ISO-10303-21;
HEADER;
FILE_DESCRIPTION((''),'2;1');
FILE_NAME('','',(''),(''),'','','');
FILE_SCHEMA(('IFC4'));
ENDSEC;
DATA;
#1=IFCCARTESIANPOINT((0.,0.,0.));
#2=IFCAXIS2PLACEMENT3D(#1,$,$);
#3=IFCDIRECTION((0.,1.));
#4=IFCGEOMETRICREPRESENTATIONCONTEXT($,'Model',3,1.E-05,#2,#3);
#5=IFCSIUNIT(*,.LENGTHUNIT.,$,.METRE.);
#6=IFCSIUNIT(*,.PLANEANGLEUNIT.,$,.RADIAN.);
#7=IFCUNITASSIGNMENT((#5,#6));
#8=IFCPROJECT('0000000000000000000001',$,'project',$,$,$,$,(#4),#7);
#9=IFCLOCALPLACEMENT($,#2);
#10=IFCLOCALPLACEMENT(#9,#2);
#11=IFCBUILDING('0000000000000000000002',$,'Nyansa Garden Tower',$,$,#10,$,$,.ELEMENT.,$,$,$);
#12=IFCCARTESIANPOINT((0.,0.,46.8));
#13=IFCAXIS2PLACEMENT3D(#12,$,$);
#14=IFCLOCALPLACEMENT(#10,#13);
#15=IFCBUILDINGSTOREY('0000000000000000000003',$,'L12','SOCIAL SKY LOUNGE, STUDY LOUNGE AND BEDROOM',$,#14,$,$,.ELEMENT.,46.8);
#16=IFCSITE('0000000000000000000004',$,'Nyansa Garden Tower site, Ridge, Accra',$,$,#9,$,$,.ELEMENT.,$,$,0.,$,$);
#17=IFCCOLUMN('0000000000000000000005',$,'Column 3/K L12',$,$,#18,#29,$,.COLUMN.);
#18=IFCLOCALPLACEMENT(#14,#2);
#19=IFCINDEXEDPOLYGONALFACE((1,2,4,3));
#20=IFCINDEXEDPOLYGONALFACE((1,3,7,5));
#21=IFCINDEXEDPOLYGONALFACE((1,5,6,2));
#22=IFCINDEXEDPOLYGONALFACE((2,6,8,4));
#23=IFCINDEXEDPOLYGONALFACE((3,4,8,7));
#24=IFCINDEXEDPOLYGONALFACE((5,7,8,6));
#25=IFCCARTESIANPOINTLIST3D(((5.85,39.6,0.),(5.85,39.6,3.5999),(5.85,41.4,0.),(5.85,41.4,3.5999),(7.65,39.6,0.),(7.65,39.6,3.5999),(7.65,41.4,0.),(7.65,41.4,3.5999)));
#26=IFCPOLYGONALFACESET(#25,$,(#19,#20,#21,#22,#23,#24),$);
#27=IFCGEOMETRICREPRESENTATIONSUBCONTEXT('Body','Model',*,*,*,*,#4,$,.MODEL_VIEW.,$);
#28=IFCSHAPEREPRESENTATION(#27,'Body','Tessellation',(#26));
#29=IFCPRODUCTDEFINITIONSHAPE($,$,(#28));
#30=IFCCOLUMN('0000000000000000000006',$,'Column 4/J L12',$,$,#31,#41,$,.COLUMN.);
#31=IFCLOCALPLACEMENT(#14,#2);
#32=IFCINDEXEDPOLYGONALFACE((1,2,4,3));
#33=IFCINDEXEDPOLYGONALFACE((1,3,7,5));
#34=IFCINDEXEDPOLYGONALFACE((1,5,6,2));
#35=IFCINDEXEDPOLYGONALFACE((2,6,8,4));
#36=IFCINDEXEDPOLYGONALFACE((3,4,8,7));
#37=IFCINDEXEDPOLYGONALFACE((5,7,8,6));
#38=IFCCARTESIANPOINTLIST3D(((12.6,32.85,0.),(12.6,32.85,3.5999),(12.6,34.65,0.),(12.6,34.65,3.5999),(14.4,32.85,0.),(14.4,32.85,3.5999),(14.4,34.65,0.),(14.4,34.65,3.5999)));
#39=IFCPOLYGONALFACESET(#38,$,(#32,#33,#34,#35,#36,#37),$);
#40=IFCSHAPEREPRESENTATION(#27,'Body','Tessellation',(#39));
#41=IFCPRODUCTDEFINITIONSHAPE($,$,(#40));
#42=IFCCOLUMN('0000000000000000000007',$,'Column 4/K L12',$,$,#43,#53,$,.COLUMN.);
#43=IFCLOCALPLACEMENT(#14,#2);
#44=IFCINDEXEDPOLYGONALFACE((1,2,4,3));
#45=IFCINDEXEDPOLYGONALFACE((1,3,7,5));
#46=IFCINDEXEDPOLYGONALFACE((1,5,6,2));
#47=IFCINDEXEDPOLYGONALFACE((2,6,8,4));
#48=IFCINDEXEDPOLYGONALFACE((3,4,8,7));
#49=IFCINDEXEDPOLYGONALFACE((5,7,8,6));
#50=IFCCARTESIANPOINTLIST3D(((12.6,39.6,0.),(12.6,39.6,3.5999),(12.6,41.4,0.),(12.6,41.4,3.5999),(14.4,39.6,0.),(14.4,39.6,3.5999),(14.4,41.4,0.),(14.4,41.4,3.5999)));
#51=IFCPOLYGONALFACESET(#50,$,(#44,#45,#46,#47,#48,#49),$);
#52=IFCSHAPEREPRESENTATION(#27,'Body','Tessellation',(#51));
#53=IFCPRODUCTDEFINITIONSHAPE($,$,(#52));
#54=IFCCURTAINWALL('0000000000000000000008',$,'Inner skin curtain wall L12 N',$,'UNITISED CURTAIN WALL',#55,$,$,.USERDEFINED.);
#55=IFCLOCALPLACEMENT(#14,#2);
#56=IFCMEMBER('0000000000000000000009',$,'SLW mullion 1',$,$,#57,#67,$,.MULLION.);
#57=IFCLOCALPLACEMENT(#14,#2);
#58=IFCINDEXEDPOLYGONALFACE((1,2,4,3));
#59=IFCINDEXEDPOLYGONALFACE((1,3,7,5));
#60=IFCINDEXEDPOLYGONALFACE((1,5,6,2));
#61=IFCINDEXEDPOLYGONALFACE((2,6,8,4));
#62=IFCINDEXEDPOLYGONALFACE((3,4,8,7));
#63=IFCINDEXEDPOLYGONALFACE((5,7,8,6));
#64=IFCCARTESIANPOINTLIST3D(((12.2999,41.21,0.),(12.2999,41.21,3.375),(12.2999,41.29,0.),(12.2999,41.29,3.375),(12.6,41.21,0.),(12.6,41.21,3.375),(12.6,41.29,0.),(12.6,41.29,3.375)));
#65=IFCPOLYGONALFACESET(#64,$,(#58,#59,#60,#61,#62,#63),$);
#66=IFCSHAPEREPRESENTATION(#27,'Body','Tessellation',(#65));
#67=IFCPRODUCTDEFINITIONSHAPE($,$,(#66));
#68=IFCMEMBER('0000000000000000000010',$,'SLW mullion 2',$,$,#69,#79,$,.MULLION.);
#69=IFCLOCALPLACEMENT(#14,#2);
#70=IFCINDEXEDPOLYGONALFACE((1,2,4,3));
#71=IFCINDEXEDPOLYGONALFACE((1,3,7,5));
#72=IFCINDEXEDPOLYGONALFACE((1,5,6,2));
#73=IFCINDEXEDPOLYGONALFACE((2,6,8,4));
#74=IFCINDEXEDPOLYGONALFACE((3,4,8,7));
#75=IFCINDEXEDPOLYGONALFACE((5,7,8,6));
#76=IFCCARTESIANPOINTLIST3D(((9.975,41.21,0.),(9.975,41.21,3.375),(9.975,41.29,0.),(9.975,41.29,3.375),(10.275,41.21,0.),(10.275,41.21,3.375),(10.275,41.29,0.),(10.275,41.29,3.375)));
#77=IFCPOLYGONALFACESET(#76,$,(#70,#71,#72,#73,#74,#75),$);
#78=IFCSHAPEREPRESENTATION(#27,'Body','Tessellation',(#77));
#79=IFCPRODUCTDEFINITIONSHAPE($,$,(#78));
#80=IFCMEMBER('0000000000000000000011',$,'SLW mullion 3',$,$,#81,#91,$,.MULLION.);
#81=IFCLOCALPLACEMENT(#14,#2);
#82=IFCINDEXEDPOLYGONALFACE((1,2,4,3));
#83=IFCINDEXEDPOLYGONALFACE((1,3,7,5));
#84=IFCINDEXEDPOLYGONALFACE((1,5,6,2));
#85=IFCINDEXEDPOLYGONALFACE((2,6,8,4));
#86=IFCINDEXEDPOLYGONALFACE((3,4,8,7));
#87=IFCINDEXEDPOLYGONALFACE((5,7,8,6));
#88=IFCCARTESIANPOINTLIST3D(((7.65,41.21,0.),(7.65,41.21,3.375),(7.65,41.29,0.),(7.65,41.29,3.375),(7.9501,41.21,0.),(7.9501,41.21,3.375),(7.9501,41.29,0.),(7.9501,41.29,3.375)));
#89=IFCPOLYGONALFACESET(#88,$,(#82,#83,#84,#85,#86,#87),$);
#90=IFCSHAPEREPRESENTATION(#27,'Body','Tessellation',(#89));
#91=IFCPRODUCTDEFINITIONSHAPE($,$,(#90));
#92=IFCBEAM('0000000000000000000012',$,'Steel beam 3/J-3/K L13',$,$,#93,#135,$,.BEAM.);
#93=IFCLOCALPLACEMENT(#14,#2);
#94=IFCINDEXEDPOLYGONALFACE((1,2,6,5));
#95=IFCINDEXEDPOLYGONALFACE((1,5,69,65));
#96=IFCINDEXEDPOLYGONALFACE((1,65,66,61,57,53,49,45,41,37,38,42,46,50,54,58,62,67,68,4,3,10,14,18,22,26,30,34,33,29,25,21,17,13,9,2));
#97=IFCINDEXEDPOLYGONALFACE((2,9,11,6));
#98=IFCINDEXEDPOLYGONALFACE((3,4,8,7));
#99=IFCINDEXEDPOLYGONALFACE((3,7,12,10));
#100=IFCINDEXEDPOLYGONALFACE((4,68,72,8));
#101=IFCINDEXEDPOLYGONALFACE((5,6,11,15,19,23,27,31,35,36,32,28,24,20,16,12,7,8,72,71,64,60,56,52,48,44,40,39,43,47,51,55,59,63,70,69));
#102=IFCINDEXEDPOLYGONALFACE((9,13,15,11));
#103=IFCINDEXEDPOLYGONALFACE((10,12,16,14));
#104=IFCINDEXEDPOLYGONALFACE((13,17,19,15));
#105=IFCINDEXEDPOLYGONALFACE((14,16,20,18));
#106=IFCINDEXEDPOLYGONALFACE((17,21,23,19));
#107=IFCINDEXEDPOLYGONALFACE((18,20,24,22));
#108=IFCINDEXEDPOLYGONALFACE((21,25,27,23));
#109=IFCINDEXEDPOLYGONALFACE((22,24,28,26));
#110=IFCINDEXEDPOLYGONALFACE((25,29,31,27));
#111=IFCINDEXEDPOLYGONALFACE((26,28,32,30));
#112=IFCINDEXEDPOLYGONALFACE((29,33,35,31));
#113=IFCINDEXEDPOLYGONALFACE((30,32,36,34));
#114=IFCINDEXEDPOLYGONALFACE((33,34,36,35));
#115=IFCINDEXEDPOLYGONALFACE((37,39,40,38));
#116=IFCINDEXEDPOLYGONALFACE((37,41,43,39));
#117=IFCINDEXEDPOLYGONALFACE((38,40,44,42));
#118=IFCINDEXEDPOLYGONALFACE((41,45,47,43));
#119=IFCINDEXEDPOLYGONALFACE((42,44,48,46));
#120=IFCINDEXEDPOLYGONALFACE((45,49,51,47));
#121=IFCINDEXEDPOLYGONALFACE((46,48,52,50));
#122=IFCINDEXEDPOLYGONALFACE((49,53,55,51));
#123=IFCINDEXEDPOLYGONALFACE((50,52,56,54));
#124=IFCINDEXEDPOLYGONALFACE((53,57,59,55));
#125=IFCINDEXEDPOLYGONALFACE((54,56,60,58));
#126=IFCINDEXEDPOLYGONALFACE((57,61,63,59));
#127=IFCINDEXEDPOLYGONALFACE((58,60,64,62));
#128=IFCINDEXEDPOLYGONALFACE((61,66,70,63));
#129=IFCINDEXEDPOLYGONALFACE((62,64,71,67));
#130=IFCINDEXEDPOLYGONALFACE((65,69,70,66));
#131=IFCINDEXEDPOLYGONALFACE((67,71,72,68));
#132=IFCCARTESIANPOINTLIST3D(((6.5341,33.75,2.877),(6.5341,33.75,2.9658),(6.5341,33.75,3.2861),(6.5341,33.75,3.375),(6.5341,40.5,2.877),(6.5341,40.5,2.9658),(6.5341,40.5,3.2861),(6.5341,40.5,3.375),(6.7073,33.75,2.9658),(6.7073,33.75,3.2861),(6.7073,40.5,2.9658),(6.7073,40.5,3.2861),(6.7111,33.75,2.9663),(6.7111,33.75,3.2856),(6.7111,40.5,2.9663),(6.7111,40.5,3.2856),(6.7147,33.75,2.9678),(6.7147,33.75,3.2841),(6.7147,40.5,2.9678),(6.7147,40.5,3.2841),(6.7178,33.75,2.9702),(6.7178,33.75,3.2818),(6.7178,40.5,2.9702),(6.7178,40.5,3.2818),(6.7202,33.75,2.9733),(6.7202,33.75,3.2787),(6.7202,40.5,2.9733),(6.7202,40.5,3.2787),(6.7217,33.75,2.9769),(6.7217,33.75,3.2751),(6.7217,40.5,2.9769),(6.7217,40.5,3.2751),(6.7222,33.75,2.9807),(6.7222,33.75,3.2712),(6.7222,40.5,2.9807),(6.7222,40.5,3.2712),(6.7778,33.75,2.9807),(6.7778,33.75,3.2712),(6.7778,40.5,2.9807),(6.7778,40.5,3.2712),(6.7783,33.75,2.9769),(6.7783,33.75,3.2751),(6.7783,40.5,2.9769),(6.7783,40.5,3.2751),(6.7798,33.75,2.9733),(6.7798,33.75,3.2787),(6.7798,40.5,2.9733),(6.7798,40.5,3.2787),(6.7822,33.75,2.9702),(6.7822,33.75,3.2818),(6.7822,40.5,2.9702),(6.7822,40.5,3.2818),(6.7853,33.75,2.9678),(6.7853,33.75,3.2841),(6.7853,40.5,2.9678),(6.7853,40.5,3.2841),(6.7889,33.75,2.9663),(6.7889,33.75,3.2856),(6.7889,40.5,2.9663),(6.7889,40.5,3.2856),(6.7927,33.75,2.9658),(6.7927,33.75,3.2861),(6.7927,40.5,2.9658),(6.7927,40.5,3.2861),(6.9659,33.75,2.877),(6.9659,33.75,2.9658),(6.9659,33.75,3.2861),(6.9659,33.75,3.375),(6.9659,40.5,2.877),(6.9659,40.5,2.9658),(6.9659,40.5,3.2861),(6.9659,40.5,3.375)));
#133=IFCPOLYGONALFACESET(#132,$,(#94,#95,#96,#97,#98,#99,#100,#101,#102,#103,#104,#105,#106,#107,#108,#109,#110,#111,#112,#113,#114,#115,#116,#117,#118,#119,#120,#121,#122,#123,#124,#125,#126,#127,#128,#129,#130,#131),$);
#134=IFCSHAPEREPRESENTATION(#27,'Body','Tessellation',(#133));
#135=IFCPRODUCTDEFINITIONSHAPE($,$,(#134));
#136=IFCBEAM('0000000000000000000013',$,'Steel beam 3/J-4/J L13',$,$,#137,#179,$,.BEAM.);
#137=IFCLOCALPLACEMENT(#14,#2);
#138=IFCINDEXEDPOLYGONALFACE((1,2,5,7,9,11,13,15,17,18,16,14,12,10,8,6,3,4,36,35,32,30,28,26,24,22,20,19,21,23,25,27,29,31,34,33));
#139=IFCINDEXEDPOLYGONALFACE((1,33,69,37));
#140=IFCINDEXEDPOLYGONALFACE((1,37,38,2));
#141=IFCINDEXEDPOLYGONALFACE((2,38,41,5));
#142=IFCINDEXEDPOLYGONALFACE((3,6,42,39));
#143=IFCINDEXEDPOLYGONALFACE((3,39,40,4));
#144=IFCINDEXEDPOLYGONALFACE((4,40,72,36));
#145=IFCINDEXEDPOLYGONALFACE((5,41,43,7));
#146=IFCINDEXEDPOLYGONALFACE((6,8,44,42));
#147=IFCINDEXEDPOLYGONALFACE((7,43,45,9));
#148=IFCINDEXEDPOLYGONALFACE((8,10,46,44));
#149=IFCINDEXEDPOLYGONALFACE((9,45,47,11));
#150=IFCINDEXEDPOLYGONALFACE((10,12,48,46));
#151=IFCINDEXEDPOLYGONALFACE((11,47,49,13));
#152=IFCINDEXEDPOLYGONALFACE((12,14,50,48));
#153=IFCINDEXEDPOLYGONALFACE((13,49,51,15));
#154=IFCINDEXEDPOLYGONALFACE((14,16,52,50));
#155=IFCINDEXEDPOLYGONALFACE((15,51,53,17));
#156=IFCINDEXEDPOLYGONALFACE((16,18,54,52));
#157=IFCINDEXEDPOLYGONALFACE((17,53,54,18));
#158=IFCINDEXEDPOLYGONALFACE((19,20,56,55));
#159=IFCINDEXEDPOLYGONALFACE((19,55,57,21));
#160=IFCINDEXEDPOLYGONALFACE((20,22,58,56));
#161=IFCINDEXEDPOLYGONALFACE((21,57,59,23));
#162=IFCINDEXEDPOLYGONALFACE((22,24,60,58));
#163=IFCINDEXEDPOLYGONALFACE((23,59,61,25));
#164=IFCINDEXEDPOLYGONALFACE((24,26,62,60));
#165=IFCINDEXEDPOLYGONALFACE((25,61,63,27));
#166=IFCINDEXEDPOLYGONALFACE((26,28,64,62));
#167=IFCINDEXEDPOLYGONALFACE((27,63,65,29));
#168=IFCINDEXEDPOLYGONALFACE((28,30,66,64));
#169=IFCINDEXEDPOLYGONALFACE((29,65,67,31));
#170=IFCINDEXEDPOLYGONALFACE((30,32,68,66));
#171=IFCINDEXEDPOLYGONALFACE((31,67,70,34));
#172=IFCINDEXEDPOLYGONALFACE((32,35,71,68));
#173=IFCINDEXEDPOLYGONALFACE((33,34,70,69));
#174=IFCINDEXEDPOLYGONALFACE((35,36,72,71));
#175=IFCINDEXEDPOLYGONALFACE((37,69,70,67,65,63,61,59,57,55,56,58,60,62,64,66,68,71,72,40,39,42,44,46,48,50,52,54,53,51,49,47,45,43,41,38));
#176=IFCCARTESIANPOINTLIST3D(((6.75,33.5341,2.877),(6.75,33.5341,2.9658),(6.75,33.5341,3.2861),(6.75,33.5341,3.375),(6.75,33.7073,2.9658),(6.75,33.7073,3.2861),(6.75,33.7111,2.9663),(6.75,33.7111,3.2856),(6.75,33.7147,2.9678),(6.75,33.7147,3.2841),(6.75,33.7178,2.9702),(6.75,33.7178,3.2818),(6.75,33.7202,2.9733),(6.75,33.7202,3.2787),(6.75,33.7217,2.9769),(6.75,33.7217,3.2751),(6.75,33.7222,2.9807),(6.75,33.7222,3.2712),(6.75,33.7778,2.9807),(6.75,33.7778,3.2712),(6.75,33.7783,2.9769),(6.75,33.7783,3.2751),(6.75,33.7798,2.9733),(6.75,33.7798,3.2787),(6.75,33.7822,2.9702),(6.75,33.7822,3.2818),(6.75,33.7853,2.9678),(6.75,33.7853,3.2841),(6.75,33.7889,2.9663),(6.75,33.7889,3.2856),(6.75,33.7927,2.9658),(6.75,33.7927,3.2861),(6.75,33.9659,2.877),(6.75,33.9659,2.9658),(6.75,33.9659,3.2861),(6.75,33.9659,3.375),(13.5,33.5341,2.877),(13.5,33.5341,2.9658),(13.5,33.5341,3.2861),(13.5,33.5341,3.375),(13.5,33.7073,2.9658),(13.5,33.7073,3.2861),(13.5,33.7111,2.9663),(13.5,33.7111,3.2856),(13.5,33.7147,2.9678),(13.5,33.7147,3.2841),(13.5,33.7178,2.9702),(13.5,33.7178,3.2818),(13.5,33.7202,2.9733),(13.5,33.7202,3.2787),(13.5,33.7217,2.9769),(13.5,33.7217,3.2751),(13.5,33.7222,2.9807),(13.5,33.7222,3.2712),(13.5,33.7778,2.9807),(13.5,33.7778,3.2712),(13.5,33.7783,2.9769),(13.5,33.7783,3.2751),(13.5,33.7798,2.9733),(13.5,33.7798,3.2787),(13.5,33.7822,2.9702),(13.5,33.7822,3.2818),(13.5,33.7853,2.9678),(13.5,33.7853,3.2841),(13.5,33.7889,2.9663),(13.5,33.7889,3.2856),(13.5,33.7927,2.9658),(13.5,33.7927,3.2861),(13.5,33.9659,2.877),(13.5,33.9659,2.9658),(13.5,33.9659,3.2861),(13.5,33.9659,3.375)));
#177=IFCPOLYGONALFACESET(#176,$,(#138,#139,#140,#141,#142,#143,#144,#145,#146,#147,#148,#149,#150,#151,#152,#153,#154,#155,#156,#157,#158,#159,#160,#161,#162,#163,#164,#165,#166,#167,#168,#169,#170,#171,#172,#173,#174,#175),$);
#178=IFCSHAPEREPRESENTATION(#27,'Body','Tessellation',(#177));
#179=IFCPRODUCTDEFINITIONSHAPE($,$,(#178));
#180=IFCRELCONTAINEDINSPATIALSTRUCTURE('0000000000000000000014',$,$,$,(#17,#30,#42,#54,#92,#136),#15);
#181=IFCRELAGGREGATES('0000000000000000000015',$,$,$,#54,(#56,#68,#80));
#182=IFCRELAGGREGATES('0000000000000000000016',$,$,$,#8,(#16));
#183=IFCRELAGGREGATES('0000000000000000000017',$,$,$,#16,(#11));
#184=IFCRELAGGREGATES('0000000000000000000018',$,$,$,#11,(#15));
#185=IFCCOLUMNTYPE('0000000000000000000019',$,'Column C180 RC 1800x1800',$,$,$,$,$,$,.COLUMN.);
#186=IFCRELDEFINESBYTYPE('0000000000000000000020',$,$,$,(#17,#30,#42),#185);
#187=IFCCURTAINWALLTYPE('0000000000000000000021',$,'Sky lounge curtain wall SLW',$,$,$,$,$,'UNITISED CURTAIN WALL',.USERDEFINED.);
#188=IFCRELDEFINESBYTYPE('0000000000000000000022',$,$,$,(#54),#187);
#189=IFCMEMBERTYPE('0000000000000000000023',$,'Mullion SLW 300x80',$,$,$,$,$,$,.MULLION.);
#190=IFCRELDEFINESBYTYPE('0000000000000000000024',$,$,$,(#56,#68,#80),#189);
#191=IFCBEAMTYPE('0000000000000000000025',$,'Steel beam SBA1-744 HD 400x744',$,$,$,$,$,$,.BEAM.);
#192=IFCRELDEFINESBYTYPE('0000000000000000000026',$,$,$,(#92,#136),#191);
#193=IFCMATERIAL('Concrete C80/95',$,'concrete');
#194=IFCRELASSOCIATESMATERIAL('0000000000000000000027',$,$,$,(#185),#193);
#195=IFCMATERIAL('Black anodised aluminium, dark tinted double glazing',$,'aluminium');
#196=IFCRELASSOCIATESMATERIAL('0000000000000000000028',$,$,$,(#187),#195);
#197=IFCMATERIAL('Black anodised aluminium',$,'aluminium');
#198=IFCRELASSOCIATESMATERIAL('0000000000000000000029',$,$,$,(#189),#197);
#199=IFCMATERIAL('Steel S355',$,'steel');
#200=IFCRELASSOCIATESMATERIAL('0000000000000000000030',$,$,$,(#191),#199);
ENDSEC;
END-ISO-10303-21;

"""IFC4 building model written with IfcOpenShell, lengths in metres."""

from ifc_helpers import new_model, si_unit, direction, frame, origin, origin_2d, place, context, subcontext, project, spatial, rectangle, i_section, extrude, material, material_profile, profile_set, type_object, element, aggregate, save


model = new_model("IFC4")

# Units and contexts
model_context = context("Model", 3, precision=1e-05, world=origin(), true_north=direction((0.0, 1.0)))
body_context = subcontext(model_context, "Body", "Model", "MODEL_VIEW")
ifc_project = project(units=[si_unit("LENGTHUNIT", "METRE"), si_unit("PLANEANGLEUNIT", "RADIAN")], contexts=[model_context])

# Site, building, storey
site_placement = place(None, origin())
site = spatial("IfcSite", under=ifc_project, at=site_placement, Name="Nyansa Garden Tower site, Ridge, Accra", CompositionType="ELEMENT", RefElevation=0.0)
building_placement = place(site_placement, origin())
building = spatial("IfcBuilding", under=site, at=building_placement, Name="Nyansa Garden Tower", CompositionType="ELEMENT")
storey_placement = place(building_placement, frame((0.0, 0.0, 46.8)))
storey = spatial("IfcBuildingStorey", under=building, at=storey_placement, Name="L12", Description="SOCIAL SKY LOUNGE, STUDY LOUNGE AND BEDROOM", CompositionType="ELEMENT", Elevation=46.8)

# Columns
ifc_material_1 = material(Name="Concrete C80/95", Category="concrete")
ifc_material_profile_1 = material_profile(ifc_material_1, rectangle(XDim=1.8, YDim=1.8, at=origin_2d()), Name="RC 1800x1800")
ifc_profile_set_1 = profile_set([ifc_material_profile_1], Name="Concrete C80/95")
column_type = type_object("IfcColumnType", Name="Column C180 RC 1800x1800", PredefinedType="COLUMN", material=ifc_profile_set_1)
for number, where, z_axis, x_axis, name in (
    (1, (6.75, 40.5, 0.0), (0.0, 0.0, 1.0), (1.0, 0.0, 0.0), "Column 3/K L12"),
    (2, (13.5, 33.75, 0.0), (0.0, 0.0, 1.0), (1.0, 0.0, 0.0), "Column 4/J L12"),
    (3, (13.5, 40.5, 0.0), (0.0, 0.0, 1.0), (1.0, 0.0, 0.0), "Column 4/K L12"),
):
    element("IfcColumn", number, at=place(storey_placement, frame(where, z_axis=z_axis, x_axis=x_axis)), inside=storey, type_object=column_type, Name=name, PredefinedType="COLUMN", context=body_context, shape_type="SweptSolid", body=[
        extrude(rectangle(XDim=1.8, YDim=1.8, at=origin_2d()), origin(), (0.0, 0.0, 1.0), 3.5999),
    ])

# Curtain wall, members
ifc_material_2 = material(Name="Black anodised aluminium, dark tinted double glazing", Category="aluminium")
curtain_wall_type = type_object("IfcCurtainWallType", Name="Sky lounge curtain wall SLW", ElementType="UNITISED CURTAIN WALL", PredefinedType="USERDEFINED", material=ifc_material_2)
curtain_wall_placement = place(storey_placement, origin())
curtain_wall = element("IfcCurtainWall", 4, at=curtain_wall_placement, inside=storey, type_object=curtain_wall_type, Name="Inner skin curtain wall L12 N", ObjectType="UNITISED CURTAIN WALL", PredefinedType="USERDEFINED")
ifc_material_3 = material(Name="Black anodised aluminium", Category="aluminium")
ifc_material_profile_2 = material_profile(ifc_material_3, rectangle(XDim=0.0801, YDim=0.3, at=origin_2d()), Name="Mullion 300x80")
ifc_profile_set_2 = profile_set([ifc_material_profile_2], Name="Black anodised aluminium")
member_type_1 = type_object("IfcMemberType", Name="Mullion SLW 300x80", PredefinedType="MULLION", material=ifc_profile_set_2)
member_1_placement = place(storey_placement, frame((12.45, 41.25, 0.0), z_axis=(0.0, 0.0, 1.0), x_axis=(0.0, -1.0, 0.0)))
member_1 = element("IfcMember", 5, at=member_1_placement, type_object=member_type_1, Name="SLW mullion 1", PredefinedType="MULLION", context=body_context, shape_type="SweptSolid", body=[
    extrude(rectangle(XDim=0.0801, YDim=0.3, at=origin_2d()), origin(), (0.0, 0.0, 1.0), 3.375),
])
member_2_placement = place(storey_placement, frame((10.125, 41.25, 0.0), z_axis=(0.0, 0.0, 1.0), x_axis=(0.0, -1.0, 0.0)))
member_2 = element("IfcMember", 6, at=member_2_placement, type_object=member_type_1, Name="SLW mullion 2", PredefinedType="MULLION", context=body_context, shape_type="SweptSolid", body=[
    extrude(rectangle(XDim=0.0801, YDim=0.3, at=origin_2d()), origin(), (0.0, 0.0, 1.0), 3.375),
])
member_3_placement = place(storey_placement, frame((7.8, 41.25, 0.0), z_axis=(0.0, 0.0, 1.0), x_axis=(0.0, -1.0, 0.0)))
member_3 = element("IfcMember", 7, at=member_3_placement, type_object=member_type_1, Name="SLW mullion 3", PredefinedType="MULLION", context=body_context, shape_type="SweptSolid", body=[
    extrude(rectangle(XDim=0.0801, YDim=0.3, at=origin_2d()), origin(), (0.0, 0.0, 1.0), 3.375),
])

# Beams
ifc_material_4 = material(Name="Steel S355", Category="steel")
ifc_material_profile_3 = material_profile(ifc_material_4, i_section(OverallWidth=0.4319, OverallDepth=0.498, WebThickness=0.0557, FlangeThickness=0.0889, FilletRadius=0.0149, at=origin_2d()), Name="HD 400x744")
ifc_profile_set_3 = profile_set([ifc_material_profile_3], Name="Steel S355")
beam_type_1 = type_object("IfcBeamType", Name="Steel beam SBA1-744 HD 400x744", PredefinedType="BEAM", material=ifc_profile_set_3)
for number, where, z_axis, x_axis, name in (
    (8, (6.75, 33.75, 3.126), (0.0, 1.0, 0.0), (-1.0, 0.0, 0.0), "Steel beam 3/J-3/K L13"),
    (9, (6.75, 33.75, 3.126), (1.0, 0.0, 0.0), (0.0, 1.0, 0.0), "Steel beam 3/J-4/J L13"),
):
    element("IfcBeam", number, at=place(storey_placement, frame(where, z_axis=z_axis, x_axis=x_axis)), inside=storey, type_object=beam_type_1, Name=name, PredefinedType="BEAM", context=body_context, shape_type="SweptSolid", body=[
        extrude(i_section(OverallWidth=0.4319, OverallDepth=0.498, WebThickness=0.0557, FlangeThickness=0.0889, FilletRadius=0.0149, at=origin_2d()), origin(), (0.0, 0.0, 1.0), 6.75),
    ])

aggregate(curtain_wall, [member_1, member_2, member_3])

save(model, "model.ifc")
